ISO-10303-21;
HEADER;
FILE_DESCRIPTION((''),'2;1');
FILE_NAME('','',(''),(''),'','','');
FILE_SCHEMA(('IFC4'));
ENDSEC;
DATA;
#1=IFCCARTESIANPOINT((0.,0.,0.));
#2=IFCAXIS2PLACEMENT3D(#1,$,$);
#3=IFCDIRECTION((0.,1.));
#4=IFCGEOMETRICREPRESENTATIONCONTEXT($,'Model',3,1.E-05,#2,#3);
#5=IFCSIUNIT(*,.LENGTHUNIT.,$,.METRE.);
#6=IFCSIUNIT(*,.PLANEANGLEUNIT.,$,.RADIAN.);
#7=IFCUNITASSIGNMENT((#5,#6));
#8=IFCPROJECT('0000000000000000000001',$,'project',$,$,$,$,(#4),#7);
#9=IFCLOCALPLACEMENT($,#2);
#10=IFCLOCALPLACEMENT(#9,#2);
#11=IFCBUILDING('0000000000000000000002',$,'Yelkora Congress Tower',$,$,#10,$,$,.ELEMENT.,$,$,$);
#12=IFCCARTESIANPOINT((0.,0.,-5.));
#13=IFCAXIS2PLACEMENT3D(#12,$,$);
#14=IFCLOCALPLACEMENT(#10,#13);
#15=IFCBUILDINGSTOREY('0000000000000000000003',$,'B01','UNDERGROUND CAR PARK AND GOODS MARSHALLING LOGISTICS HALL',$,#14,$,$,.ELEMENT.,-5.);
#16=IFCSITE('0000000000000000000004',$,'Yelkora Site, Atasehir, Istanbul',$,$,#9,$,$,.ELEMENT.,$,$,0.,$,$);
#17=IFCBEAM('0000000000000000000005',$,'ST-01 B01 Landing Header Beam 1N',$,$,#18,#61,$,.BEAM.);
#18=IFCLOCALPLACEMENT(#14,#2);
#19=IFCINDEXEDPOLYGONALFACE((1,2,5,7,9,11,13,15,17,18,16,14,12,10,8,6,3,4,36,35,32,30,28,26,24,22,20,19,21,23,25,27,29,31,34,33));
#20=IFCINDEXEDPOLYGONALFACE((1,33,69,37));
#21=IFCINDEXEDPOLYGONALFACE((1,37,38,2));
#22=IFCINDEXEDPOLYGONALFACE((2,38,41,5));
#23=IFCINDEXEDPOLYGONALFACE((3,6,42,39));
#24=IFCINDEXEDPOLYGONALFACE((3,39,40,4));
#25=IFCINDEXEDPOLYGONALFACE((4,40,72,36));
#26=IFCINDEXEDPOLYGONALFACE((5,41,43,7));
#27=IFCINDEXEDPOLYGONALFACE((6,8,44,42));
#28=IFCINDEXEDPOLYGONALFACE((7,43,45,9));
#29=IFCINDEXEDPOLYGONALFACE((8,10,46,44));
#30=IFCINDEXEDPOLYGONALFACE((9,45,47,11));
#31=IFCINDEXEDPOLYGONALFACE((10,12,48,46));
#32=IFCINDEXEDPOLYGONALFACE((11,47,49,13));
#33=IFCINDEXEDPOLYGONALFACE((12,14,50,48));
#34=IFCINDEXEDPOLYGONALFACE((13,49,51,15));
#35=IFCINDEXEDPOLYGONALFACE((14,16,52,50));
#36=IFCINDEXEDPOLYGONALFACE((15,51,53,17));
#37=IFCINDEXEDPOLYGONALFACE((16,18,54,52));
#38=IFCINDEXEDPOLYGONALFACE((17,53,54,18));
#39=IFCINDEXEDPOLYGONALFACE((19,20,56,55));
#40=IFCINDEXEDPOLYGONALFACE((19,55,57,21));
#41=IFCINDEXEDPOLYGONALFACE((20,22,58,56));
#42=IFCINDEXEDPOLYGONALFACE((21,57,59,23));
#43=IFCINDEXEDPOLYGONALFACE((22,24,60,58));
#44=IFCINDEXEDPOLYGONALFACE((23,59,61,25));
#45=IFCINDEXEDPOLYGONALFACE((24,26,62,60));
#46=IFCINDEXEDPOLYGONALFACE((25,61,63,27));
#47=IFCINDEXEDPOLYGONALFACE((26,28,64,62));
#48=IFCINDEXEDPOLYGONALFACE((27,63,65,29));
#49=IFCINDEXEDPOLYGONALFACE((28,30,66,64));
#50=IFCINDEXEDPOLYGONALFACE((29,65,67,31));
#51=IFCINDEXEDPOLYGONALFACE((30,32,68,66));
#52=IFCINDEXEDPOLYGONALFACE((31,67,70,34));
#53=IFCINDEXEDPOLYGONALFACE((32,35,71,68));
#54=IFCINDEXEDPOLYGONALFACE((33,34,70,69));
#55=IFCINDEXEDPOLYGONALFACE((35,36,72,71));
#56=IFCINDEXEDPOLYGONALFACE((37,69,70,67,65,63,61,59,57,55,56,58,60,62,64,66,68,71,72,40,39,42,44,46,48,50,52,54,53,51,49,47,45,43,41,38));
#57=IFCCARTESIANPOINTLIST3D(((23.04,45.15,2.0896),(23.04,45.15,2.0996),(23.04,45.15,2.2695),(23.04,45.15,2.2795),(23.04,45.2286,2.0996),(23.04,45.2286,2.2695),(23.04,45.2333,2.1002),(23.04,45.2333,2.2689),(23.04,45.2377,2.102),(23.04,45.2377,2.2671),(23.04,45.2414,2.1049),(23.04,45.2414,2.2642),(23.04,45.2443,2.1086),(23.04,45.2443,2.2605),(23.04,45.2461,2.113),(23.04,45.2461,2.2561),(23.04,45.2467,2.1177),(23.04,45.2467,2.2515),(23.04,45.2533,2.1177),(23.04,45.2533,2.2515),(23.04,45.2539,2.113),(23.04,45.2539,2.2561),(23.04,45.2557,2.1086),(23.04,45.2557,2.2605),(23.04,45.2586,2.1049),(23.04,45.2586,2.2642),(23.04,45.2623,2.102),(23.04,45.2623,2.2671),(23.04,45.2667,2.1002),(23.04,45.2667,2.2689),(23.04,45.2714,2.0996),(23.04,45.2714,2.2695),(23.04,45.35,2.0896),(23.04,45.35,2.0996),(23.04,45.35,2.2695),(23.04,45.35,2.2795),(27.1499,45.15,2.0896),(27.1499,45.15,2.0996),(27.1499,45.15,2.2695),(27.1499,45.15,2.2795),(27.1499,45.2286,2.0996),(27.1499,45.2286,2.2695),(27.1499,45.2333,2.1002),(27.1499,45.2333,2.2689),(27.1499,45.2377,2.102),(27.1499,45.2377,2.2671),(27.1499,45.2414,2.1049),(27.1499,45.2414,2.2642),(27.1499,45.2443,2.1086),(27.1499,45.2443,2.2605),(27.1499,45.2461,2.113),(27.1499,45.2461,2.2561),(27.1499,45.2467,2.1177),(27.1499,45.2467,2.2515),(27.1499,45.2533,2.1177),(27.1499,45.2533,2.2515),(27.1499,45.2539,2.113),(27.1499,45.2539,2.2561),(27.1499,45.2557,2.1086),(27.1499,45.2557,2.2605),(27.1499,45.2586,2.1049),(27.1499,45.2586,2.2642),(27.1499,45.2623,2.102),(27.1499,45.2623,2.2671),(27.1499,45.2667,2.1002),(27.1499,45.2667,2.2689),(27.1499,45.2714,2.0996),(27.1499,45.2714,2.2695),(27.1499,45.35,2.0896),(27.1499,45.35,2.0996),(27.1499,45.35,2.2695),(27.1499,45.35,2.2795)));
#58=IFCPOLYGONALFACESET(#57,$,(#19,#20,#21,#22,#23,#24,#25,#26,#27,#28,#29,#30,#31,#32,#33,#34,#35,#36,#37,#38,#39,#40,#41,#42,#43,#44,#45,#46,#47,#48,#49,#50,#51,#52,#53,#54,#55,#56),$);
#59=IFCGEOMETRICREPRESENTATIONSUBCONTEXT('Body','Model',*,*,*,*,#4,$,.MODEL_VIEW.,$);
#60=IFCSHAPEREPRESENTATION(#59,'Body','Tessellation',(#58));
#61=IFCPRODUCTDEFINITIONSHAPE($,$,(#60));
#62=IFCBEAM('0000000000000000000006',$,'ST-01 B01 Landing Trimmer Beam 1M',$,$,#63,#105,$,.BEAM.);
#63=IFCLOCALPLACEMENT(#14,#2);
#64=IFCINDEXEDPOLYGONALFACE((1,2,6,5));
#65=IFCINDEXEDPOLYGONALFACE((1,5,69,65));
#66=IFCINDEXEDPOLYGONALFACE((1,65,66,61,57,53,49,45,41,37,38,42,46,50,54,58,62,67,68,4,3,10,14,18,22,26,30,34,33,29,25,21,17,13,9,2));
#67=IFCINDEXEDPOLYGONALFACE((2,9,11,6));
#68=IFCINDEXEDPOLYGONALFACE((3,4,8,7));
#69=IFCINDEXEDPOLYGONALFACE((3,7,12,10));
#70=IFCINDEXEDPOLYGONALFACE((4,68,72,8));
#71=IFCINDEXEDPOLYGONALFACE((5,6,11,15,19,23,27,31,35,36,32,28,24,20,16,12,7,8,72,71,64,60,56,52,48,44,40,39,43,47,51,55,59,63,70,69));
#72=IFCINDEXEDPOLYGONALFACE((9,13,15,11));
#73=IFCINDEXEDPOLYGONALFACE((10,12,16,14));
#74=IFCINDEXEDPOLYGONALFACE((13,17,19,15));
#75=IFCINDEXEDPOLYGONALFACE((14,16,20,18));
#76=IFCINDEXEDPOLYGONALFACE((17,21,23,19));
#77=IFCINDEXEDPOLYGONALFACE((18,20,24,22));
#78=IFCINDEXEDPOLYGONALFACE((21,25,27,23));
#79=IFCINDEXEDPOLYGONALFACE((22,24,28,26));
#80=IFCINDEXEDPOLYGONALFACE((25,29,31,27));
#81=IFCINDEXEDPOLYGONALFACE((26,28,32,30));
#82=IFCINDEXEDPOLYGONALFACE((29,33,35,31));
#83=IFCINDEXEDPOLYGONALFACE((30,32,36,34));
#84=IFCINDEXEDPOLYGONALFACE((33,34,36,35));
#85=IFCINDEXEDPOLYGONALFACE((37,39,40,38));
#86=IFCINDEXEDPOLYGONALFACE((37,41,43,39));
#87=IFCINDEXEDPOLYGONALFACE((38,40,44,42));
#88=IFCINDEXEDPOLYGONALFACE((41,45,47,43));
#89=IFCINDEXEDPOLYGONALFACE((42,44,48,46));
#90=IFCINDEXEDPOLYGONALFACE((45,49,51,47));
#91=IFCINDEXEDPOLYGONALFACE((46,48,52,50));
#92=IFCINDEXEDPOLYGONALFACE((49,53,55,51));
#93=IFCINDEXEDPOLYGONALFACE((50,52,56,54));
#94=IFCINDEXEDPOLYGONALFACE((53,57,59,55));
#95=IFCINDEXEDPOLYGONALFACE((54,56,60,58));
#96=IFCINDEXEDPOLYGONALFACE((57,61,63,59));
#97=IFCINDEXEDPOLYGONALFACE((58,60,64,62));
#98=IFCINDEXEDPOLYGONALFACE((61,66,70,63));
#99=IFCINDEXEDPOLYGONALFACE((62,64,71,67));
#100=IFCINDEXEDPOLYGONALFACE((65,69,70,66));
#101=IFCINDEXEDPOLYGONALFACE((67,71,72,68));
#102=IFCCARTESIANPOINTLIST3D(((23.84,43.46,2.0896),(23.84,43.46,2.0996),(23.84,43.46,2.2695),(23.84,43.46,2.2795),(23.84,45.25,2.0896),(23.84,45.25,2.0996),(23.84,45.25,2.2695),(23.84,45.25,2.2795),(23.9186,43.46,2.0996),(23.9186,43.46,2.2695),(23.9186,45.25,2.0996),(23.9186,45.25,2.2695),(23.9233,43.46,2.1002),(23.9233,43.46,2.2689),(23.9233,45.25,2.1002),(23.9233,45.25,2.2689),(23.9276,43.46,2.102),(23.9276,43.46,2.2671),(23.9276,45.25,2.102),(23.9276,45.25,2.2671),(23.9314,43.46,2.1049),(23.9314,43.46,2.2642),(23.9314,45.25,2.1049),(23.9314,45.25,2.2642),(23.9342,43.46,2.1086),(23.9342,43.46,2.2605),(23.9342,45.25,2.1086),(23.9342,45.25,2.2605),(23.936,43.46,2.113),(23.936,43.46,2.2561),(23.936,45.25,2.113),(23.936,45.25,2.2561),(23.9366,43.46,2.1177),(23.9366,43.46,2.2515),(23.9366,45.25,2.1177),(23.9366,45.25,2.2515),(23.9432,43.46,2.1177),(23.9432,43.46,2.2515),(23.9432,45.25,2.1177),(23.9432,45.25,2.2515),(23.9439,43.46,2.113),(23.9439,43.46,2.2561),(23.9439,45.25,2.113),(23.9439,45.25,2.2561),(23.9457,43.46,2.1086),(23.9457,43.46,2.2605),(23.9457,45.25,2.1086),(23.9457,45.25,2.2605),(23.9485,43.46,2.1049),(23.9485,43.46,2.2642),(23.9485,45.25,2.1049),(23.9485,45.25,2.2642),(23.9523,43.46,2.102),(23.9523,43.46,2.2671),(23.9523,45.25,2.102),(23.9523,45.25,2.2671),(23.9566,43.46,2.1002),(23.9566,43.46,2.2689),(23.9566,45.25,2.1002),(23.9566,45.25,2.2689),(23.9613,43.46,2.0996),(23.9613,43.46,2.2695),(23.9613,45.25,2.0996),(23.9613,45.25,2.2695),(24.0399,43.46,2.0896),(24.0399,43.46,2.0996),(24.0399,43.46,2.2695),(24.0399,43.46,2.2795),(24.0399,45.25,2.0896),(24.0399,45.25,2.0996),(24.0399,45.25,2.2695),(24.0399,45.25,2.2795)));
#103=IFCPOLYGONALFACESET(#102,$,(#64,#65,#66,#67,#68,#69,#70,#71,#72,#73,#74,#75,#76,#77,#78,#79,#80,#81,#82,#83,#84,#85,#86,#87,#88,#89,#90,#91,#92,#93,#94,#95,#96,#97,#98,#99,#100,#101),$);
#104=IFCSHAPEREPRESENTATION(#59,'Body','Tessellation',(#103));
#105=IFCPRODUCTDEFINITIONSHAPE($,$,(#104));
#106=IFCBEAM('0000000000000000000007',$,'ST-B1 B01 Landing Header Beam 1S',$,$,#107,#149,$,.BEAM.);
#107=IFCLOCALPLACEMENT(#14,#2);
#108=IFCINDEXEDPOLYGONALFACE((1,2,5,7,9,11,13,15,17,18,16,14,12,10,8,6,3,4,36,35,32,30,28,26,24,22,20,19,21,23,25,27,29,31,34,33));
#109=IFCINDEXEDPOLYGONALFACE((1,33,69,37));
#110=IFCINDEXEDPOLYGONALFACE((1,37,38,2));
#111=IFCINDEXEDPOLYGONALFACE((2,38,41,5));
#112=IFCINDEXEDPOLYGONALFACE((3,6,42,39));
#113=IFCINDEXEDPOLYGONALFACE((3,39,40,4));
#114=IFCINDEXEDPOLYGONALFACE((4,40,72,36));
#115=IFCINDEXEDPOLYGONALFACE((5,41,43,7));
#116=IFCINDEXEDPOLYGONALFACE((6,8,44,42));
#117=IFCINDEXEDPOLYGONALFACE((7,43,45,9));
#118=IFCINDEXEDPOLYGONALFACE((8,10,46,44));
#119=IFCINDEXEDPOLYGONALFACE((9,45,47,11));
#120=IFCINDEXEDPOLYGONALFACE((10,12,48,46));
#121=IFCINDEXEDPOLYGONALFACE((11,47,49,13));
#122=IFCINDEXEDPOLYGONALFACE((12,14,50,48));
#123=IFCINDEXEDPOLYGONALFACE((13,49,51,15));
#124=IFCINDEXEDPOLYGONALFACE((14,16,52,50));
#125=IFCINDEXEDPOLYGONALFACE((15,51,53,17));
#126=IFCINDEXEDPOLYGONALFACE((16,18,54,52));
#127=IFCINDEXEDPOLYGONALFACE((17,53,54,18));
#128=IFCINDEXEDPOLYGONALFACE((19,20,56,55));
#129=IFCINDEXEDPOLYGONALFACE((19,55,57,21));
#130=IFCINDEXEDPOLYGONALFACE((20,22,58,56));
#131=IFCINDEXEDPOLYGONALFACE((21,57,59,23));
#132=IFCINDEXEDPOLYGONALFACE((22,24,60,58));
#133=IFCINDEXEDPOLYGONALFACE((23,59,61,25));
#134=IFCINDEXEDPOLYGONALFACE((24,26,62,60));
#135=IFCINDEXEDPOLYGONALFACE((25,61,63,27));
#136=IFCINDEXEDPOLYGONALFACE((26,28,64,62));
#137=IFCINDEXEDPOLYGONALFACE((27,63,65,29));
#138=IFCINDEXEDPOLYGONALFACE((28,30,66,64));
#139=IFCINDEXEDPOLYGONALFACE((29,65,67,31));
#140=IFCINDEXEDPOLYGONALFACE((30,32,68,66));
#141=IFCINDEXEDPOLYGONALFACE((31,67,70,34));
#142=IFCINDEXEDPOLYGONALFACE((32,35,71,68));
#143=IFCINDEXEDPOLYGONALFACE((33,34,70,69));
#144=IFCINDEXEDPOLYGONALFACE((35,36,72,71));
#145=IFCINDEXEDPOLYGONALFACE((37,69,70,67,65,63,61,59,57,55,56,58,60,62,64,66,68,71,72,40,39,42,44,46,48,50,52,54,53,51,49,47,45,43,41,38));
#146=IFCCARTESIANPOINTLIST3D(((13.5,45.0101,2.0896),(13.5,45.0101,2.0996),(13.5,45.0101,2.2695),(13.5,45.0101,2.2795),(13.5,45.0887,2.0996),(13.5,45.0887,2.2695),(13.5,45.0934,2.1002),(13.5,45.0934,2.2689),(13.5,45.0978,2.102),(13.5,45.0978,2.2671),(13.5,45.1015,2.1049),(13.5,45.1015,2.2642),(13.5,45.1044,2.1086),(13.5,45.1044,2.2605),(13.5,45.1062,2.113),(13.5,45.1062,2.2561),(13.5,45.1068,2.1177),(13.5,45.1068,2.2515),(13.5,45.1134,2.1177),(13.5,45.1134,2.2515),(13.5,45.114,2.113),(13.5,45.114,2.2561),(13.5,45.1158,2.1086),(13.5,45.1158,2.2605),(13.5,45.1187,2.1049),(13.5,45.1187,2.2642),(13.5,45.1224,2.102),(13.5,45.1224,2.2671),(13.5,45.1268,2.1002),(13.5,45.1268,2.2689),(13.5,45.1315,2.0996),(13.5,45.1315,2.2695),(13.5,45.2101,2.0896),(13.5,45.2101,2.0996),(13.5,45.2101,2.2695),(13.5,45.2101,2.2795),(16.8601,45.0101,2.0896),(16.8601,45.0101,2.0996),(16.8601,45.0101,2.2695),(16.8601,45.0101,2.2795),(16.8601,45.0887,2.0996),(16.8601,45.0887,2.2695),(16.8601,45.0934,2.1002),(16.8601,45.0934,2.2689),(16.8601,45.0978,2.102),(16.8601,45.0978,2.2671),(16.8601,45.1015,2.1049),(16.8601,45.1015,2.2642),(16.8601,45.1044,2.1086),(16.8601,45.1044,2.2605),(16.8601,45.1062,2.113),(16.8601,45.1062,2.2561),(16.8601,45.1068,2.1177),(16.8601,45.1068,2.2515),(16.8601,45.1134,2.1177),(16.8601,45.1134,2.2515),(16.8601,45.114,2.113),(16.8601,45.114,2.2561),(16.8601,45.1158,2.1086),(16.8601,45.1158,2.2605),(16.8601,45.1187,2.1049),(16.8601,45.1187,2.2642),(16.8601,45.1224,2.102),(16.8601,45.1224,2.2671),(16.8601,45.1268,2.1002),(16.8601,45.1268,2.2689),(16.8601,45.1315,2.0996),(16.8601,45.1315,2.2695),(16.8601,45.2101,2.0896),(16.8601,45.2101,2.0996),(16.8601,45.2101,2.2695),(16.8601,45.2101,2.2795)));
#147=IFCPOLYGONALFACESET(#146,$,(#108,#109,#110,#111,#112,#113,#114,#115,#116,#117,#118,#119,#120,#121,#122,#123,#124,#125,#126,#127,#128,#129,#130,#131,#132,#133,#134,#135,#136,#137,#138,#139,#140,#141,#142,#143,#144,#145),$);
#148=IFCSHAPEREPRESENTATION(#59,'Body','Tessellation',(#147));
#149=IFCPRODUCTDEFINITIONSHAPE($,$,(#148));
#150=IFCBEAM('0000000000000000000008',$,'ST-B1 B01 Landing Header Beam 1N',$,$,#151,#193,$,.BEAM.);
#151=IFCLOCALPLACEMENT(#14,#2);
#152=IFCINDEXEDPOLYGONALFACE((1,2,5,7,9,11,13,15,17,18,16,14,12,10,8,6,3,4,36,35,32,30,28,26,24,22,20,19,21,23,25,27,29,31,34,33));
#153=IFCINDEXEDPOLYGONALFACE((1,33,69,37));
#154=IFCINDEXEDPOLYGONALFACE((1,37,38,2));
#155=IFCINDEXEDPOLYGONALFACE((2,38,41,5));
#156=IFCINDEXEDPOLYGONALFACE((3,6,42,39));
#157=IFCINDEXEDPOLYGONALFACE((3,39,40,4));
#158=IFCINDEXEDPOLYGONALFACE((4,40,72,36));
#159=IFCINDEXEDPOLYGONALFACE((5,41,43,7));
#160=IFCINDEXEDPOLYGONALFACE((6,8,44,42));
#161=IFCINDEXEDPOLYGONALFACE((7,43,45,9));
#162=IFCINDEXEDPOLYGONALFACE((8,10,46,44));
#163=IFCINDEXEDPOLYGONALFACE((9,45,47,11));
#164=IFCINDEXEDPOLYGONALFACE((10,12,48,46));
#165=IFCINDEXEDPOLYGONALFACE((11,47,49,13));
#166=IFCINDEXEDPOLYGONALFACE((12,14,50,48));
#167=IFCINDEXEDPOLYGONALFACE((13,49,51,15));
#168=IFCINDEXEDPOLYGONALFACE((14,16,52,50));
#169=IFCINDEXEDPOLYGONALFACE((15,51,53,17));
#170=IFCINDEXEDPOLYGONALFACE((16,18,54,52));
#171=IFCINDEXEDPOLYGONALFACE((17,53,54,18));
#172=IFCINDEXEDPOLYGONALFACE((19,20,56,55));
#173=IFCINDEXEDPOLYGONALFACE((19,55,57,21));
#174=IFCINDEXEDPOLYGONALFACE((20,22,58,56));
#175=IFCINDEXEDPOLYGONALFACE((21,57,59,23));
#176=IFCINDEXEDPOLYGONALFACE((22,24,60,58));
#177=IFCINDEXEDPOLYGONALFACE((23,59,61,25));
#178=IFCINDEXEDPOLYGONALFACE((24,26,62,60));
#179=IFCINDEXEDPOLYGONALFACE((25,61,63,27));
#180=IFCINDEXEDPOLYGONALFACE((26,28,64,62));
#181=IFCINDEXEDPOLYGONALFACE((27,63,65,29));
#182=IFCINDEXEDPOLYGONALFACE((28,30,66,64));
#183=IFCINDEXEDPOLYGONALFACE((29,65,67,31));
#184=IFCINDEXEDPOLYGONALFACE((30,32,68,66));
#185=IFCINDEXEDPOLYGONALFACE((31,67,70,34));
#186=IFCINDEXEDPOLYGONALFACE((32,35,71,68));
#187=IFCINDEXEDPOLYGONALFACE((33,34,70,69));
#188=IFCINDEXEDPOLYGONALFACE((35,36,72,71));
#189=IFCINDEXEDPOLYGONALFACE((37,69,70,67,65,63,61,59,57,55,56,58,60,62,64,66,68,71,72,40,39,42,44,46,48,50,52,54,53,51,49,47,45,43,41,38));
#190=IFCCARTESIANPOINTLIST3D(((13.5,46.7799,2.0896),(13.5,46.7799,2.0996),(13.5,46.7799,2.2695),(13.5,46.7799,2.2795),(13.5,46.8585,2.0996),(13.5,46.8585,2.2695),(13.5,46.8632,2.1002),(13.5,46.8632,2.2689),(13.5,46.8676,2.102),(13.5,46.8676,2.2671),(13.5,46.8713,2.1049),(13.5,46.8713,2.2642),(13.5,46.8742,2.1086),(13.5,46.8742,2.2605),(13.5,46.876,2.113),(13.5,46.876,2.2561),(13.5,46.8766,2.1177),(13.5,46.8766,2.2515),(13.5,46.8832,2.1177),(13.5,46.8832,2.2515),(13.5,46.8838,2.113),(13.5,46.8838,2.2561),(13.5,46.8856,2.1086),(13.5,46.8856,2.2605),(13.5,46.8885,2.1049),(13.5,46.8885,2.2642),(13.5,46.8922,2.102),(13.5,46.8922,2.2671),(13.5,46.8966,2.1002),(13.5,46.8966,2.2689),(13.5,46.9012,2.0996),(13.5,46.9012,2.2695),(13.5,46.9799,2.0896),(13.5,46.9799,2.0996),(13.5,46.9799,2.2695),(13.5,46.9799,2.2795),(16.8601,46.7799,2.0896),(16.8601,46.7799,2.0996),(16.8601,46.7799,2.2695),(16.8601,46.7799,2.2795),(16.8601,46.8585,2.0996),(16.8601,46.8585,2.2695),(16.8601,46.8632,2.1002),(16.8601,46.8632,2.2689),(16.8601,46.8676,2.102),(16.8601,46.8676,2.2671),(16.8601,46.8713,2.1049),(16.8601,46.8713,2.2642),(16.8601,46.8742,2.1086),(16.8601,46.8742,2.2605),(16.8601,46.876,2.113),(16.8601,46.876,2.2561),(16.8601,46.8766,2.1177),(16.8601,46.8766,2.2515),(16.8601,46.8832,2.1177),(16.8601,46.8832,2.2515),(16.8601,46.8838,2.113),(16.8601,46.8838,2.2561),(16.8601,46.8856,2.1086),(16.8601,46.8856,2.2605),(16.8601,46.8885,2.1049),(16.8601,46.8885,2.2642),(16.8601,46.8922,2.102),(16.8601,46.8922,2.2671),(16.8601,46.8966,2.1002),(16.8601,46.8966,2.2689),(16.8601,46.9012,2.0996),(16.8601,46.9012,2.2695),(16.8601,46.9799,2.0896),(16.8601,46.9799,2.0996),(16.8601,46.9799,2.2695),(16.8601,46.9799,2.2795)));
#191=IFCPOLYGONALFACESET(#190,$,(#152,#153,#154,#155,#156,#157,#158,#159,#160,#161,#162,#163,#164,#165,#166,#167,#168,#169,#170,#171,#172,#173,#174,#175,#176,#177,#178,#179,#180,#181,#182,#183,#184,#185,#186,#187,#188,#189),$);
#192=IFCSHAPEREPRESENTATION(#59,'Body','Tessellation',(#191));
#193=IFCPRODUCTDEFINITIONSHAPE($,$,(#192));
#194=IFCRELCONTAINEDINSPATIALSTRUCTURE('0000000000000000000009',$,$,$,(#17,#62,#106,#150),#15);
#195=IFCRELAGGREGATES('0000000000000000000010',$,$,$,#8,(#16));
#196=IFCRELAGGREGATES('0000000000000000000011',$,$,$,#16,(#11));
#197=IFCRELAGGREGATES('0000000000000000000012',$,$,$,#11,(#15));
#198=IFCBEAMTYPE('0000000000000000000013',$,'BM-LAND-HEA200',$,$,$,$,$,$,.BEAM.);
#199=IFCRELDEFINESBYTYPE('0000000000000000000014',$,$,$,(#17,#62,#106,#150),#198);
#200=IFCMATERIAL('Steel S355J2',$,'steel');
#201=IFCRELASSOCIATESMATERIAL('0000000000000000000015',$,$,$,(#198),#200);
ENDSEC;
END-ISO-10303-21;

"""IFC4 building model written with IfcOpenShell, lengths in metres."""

from ifc_helpers import new_model, si_unit, direction, frame, origin, origin_2d, place, context, subcontext, project, spatial, i_section, extrude, material, material_profile, profile_set, type_object, element, save


model = new_model("IFC4")

# Units and contexts
model_context = context("Model", 3, precision=1e-05, world=origin(), true_north=direction((0.0, 1.0)))
body_context = subcontext(model_context, "Body", "Model", "MODEL_VIEW")
ifc_project = project(units=[si_unit("LENGTHUNIT", "METRE"), si_unit("PLANEANGLEUNIT", "RADIAN")], contexts=[model_context])

# Site, building, storey
site_placement = place(None, origin())
site = spatial("IfcSite", under=ifc_project, at=site_placement, Name="Yelkora Site, Atasehir, Istanbul", CompositionType="ELEMENT", RefElevation=0.0)
building_placement = place(site_placement, origin())
building = spatial("IfcBuilding", under=site, at=building_placement, Name="Yelkora Congress Tower", CompositionType="ELEMENT")
storey_placement = place(building_placement, frame((0.0, 0.0, -5.0)))
storey = spatial("IfcBuildingStorey", under=building, at=storey_placement, Name="B01", Description="UNDERGROUND CAR PARK AND GOODS MARSHALLING LOGISTICS HALL", CompositionType="ELEMENT", Elevation=-5.0)

# Beams
ifc_material_1 = material(Name="Steel S355J2", Category="steel")
ifc_material_profile_1 = material_profile(ifc_material_1, i_section(OverallWidth=0.2, OverallDepth=0.1899, WebThickness=0.0066, FlangeThickness=0.01, FilletRadius=0.0181, at=origin_2d()), Name="HEA 200")
ifc_profile_set_1 = profile_set([ifc_material_profile_1], Name="Steel S355J2")
beam_type_1 = type_object("IfcBeamType", Name="BM-LAND-HEA200", PredefinedType="BEAM", material=ifc_profile_set_1)
for number, where, z_axis, x_axis, name in (
    (1, (23.04, 45.25, 2.1846), (1.0, 0.0, 0.0), (0.0, 1.0, 0.0), "ST-01 B01 Landing Header Beam 1N"),
):
    element("IfcBeam", number, at=place(storey_placement, frame(where, z_axis=z_axis, x_axis=x_axis)), inside=storey, type_object=beam_type_1, Name=name, PredefinedType="BEAM", context=body_context, shape_type="SweptSolid", body=[
        extrude(i_section(OverallWidth=0.2, OverallDepth=0.1899, WebThickness=0.0066, FlangeThickness=0.01, FilletRadius=0.0181, at=origin_2d()), origin(), (0.0, 0.0, 1.0), 4.1099),
    ])
beam_1_placement = place(storey_placement, frame((23.9399, 43.46, 2.1846), z_axis=(0.0, 1.0, 0.0), x_axis=(-1.0, 0.0, 0.0)))
element("IfcBeam", 2, at=beam_1_placement, inside=storey, type_object=beam_type_1, Name="ST-01 B01 Landing Trimmer Beam 1M", PredefinedType="BEAM", context=body_context, shape_type="SweptSolid", body=[
    extrude(i_section(OverallWidth=0.2, OverallDepth=0.1899, WebThickness=0.0066, FlangeThickness=0.01, FilletRadius=0.0181, at=origin_2d()), origin(), (0.0, 0.0, 1.0), 1.79),
])
for number, where, z_axis, x_axis, name in (
    (3, (13.5, 45.1101, 2.1846), (1.0, 0.0, 0.0), (0.0, 1.0, 0.0), "ST-B1 B01 Landing Header Beam 1S"),
    (4, (13.5, 46.8799, 2.1846), (1.0, 0.0, 0.0), (0.0, 1.0, 0.0), "ST-B1 B01 Landing Header Beam 1N"),
):
    element("IfcBeam", number, at=place(storey_placement, frame(where, z_axis=z_axis, x_axis=x_axis)), inside=storey, type_object=beam_type_1, Name=name, PredefinedType="BEAM", context=body_context, shape_type="SweptSolid", body=[
        extrude(i_section(OverallWidth=0.2, OverallDepth=0.1899, WebThickness=0.0066, FlangeThickness=0.01, FilletRadius=0.0181, at=origin_2d()), origin(), (0.0, 0.0, 1.0), 3.3601),
    ])

save(model, "model.ifc")
